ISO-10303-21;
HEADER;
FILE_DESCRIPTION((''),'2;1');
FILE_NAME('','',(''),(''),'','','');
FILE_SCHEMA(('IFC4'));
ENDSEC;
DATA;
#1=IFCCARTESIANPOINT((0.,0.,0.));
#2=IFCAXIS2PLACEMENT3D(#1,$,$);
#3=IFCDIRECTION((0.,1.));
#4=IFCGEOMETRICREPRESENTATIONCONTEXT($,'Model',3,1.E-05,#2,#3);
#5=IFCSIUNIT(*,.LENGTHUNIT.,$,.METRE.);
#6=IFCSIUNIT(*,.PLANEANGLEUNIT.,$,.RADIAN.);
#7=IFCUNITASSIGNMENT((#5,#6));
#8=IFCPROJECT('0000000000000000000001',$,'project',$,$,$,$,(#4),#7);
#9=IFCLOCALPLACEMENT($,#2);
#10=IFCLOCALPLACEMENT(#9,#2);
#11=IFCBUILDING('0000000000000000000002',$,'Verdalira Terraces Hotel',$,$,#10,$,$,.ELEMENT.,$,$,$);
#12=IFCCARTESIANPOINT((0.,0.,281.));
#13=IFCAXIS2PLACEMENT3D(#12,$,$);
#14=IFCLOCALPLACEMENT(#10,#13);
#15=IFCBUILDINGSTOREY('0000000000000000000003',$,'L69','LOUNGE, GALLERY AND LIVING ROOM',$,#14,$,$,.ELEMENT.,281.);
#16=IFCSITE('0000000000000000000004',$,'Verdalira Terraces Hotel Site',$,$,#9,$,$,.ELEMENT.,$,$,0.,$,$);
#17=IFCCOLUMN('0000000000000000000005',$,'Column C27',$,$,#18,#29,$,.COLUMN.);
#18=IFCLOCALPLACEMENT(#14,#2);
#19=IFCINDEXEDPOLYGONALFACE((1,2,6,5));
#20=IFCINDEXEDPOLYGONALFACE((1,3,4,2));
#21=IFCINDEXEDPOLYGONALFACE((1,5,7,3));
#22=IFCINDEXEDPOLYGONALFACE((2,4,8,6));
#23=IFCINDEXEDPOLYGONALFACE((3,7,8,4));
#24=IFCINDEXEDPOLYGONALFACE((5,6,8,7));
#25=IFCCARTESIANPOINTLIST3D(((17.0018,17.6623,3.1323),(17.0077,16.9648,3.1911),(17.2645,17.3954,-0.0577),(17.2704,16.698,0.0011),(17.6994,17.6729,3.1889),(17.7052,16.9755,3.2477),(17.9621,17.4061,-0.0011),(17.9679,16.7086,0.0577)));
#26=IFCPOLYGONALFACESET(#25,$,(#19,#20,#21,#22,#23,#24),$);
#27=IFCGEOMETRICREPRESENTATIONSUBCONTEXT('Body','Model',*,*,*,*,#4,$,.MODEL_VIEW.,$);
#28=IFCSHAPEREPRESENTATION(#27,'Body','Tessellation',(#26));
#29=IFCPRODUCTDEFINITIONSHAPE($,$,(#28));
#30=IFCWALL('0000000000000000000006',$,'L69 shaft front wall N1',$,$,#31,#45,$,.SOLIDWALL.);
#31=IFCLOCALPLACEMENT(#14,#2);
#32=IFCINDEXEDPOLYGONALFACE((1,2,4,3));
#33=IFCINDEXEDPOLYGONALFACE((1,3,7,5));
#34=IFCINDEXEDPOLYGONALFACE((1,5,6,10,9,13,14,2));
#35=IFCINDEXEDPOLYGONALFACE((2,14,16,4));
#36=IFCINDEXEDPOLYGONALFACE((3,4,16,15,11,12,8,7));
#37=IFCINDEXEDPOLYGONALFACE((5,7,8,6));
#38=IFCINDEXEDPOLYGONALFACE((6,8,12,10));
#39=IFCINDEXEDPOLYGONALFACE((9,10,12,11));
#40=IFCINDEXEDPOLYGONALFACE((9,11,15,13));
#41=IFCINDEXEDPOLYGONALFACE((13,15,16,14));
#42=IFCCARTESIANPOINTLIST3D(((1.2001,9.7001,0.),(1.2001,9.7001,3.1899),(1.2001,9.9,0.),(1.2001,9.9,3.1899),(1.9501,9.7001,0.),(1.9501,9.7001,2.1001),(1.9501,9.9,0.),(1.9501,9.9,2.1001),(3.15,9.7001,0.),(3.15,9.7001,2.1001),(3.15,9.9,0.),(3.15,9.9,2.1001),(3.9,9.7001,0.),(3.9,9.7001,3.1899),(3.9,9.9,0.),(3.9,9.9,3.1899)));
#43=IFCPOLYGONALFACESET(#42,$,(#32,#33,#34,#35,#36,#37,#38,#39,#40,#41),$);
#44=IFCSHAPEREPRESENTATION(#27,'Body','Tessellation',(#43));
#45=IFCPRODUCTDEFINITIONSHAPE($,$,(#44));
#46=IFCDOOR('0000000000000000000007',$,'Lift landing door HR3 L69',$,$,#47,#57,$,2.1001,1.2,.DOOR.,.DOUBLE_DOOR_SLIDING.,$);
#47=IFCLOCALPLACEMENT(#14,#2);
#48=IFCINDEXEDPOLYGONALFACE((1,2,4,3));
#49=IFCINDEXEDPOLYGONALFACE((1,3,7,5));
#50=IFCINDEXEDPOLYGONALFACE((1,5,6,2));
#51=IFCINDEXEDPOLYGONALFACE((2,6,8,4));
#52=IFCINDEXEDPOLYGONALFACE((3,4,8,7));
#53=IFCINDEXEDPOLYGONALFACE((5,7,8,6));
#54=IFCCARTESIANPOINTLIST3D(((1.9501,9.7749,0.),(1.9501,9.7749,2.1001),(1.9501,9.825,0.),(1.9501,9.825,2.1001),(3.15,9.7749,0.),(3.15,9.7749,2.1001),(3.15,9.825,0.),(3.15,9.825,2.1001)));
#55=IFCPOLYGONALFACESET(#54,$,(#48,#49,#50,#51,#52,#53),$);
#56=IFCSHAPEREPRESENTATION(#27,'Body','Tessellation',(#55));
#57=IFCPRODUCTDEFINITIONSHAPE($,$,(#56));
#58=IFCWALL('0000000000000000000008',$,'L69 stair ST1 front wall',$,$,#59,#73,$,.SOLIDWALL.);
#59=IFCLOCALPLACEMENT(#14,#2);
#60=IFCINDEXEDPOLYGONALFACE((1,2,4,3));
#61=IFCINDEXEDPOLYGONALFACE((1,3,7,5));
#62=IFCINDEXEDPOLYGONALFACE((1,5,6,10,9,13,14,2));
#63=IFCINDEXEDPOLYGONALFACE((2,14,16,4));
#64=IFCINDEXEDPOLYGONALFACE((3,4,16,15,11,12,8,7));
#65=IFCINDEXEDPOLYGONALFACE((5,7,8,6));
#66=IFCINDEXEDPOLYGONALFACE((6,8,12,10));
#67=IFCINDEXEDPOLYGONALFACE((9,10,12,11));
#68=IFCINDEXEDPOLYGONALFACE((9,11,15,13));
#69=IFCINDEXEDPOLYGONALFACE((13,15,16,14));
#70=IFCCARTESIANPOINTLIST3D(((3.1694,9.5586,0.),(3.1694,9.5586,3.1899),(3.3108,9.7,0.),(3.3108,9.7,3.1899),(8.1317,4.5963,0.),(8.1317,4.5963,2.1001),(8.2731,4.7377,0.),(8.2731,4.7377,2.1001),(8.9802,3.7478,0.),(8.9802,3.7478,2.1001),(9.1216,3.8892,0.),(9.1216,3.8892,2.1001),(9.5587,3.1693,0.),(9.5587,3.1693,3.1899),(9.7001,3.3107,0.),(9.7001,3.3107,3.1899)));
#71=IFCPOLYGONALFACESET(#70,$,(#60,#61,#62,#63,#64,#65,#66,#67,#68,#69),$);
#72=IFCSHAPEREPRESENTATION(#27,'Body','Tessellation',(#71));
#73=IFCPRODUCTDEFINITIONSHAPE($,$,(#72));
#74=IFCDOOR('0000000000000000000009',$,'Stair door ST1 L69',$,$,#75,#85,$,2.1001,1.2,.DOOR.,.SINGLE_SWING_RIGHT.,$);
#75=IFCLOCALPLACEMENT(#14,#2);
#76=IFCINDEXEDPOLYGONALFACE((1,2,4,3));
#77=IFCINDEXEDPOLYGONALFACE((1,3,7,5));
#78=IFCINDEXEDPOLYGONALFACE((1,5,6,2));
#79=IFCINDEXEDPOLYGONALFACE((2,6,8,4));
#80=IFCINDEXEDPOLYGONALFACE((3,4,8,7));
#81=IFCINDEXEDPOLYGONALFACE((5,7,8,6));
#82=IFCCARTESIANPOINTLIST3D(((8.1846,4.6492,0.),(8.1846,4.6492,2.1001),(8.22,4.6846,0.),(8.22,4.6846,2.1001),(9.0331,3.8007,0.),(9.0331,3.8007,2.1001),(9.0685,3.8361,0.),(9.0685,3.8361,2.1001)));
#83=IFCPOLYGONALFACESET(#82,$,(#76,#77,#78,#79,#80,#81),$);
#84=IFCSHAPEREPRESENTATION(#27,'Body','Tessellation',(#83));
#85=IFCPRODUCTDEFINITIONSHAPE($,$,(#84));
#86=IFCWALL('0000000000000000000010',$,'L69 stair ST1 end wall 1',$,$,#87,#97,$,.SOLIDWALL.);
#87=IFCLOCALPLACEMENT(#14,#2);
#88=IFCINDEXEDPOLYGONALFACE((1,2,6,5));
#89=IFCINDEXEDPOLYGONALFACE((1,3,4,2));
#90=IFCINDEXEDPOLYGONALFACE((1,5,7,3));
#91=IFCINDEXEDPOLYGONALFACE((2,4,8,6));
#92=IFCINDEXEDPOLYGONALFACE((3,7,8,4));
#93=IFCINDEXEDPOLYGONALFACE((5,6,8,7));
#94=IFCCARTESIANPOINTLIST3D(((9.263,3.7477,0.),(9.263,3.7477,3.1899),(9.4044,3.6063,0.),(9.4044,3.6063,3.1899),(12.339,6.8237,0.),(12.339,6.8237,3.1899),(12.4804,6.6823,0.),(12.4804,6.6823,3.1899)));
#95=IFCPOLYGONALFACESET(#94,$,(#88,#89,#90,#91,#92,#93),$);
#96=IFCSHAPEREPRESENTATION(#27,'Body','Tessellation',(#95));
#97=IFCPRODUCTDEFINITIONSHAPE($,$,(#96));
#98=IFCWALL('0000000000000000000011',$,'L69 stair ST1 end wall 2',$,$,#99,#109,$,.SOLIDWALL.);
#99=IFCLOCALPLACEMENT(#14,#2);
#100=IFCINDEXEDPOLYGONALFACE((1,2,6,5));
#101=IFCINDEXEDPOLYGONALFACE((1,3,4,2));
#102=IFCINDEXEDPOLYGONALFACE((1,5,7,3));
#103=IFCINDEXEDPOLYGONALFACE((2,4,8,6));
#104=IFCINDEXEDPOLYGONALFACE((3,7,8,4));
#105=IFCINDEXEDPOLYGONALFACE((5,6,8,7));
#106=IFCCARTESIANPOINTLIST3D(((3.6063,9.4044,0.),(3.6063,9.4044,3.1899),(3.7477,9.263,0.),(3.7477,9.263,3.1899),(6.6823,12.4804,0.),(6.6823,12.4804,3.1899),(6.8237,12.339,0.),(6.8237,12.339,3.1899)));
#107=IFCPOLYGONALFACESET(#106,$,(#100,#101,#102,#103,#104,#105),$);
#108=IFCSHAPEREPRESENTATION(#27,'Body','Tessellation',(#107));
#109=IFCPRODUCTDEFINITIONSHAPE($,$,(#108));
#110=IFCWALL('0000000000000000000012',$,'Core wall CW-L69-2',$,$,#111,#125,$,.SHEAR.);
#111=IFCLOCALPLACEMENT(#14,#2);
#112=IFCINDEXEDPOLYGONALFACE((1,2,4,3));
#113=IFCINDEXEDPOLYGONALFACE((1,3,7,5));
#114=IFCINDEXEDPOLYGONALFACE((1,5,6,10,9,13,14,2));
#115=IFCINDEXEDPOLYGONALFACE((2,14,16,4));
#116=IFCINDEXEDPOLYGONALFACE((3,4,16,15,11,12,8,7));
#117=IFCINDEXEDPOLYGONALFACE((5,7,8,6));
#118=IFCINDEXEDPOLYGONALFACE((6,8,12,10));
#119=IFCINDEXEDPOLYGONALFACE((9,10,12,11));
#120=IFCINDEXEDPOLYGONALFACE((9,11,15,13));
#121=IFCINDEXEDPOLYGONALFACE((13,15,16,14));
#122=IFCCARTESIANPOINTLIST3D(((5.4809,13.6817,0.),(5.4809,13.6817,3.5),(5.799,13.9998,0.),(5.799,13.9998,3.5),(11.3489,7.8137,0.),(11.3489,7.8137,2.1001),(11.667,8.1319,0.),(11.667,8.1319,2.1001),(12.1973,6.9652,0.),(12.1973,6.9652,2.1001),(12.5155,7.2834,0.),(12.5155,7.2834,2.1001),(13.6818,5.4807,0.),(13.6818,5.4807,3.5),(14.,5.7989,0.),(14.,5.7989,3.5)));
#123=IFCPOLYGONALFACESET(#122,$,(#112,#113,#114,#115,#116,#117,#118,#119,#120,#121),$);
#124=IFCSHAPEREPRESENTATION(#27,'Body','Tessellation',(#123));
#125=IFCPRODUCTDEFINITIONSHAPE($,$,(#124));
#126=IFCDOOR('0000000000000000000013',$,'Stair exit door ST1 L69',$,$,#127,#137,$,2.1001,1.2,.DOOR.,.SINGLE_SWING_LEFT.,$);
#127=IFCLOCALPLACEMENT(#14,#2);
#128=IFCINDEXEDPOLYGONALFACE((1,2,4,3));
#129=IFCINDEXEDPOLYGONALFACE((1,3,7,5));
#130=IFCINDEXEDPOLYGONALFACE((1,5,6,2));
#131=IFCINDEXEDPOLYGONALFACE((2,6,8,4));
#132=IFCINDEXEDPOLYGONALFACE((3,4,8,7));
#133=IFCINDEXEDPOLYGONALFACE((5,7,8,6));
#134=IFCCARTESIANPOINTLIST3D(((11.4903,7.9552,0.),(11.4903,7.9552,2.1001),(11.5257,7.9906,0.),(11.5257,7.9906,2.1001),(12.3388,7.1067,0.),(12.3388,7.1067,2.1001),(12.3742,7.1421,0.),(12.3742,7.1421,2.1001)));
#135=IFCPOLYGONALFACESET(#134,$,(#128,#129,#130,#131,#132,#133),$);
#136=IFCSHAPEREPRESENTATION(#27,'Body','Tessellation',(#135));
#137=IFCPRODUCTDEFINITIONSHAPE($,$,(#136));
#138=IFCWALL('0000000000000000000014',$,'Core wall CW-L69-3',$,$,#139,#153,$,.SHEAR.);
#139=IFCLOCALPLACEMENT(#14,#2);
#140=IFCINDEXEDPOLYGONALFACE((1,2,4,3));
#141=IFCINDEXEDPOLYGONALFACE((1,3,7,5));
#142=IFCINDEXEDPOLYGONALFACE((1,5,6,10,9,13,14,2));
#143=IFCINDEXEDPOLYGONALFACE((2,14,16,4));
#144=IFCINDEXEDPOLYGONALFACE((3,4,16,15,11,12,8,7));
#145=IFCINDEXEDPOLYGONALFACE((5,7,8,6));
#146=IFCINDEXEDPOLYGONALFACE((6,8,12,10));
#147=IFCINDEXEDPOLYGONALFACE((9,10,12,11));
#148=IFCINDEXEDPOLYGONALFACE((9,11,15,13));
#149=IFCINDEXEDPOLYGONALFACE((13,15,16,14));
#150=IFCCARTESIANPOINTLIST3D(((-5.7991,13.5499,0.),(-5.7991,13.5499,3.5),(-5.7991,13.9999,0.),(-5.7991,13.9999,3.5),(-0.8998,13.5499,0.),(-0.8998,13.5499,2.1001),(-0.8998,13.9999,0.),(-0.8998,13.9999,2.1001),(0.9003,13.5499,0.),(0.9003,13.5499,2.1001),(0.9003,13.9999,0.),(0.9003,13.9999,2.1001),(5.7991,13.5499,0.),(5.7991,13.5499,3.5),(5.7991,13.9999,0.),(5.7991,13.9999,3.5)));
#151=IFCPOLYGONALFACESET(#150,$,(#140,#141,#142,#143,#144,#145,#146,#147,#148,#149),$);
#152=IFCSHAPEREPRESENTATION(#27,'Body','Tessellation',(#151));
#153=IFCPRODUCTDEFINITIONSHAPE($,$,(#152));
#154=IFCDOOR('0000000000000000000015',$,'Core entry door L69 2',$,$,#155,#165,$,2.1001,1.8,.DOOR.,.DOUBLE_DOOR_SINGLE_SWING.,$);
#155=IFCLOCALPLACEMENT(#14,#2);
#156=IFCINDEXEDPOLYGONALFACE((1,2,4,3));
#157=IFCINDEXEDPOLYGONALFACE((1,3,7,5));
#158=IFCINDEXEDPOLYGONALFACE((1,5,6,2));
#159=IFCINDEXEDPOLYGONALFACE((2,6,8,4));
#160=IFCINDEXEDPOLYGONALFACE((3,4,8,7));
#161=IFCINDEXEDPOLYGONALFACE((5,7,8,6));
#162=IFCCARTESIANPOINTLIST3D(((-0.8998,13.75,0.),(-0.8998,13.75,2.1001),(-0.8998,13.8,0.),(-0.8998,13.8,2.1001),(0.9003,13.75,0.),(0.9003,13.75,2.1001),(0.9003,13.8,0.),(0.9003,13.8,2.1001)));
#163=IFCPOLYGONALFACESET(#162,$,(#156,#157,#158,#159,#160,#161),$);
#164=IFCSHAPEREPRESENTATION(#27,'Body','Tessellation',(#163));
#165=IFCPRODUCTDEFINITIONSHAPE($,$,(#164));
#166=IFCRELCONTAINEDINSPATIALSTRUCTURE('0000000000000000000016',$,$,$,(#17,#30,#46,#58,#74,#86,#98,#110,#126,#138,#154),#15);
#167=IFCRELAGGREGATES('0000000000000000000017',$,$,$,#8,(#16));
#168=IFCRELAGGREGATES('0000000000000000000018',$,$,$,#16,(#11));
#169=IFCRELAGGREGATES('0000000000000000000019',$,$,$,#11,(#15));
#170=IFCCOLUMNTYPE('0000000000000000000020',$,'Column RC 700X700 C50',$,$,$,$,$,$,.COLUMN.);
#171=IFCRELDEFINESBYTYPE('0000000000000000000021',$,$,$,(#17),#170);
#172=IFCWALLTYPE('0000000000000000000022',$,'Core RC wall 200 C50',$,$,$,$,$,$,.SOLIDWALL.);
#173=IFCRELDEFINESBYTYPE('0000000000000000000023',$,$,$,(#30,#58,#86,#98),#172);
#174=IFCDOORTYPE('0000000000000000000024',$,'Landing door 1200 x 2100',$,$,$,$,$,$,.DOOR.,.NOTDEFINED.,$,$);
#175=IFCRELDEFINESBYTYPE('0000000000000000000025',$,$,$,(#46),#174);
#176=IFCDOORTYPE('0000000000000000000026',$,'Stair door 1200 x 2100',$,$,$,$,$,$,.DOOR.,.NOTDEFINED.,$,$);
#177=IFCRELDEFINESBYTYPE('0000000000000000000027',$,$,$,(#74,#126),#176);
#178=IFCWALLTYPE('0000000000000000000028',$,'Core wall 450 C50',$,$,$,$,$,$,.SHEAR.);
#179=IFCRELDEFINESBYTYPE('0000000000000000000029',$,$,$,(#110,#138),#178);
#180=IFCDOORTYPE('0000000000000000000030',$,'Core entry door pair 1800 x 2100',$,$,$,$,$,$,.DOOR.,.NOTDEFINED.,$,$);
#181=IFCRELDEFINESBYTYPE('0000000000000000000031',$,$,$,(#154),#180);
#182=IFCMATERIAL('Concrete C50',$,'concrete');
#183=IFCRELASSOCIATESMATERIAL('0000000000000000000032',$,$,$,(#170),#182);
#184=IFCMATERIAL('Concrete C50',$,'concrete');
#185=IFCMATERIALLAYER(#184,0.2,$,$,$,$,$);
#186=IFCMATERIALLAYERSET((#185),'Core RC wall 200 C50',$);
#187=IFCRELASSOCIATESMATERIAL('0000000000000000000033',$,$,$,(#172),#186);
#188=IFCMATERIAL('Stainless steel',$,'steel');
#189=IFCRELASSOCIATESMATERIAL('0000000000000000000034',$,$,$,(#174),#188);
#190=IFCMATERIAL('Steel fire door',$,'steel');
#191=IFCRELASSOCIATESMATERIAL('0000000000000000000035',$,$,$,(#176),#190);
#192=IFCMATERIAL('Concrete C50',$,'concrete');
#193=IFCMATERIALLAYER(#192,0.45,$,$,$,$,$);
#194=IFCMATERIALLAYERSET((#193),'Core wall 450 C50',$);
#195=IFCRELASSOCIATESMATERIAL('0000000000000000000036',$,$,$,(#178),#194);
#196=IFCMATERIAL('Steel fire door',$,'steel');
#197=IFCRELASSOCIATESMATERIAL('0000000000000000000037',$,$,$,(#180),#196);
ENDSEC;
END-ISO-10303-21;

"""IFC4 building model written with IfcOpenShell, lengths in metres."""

from ifc_helpers import new_model, si_unit, direction, frame, frame_2d, origin, origin_2d, place, context, subcontext, project, spatial, rectangle, extrude, material, layer, layer_set, material_profile, profile_set, type_object, element, fill, save


model = new_model("IFC4")

# Units and contexts
model_context = context("Model", 3, precision=1e-05, world=origin(), true_north=direction((0.0, 1.0)))
body_context = subcontext(model_context, "Body", "Model", "MODEL_VIEW")
ifc_project = project(units=[si_unit("LENGTHUNIT", "METRE"), si_unit("PLANEANGLEUNIT", "RADIAN")], contexts=[model_context])

# Site, building, storey
site_placement = place(None, origin())
site = spatial("IfcSite", under=ifc_project, at=site_placement, Name="Verdalira Terraces Hotel Site", CompositionType="ELEMENT", RefElevation=0.0)
building_placement = place(site_placement, origin())
building = spatial("IfcBuilding", under=site, at=building_placement, Name="Verdalira Terraces Hotel", CompositionType="ELEMENT")
storey_placement = place(building_placement, frame((0.0, 0.0, 281.0)))
storey = spatial("IfcBuildingStorey", under=building, at=storey_placement, Name="L69", Description="LOUNGE, GALLERY AND LIVING ROOM", CompositionType="ELEMENT", Elevation=281.0)

# Column
ifc_material_1 = material(Name="Concrete C50", Category="concrete")
ifc_material_profile = material_profile(ifc_material_1, rectangle(XDim=0.7, YDim=0.7, at=origin_2d()), Name="RC 700X700")
ifc_profile_set = profile_set([ifc_material_profile], Name="Concrete C50")
column_type = type_object("IfcColumnType", Name="Column RC 700X700 C50", PredefinedType="COLUMN", material=ifc_profile_set)
column_placement = place(storey_placement, frame((17.6162, 17.052, 0.0), z_axis=(-0.08179, 0.083082, 0.993181), x_axis=(0.996614, 0.015217, 0.080799)))
element("IfcColumn", 1, at=column_placement, inside=storey, type_object=column_type, Name="Column C27", PredefinedType="COLUMN", context=body_context, shape_type="SweptSolid", body=[
    extrude(rectangle(XDim=0.7, YDim=0.7, at=origin_2d()), origin(), (0.0, 0.0, 1.0), 3.2119),
])

# Walls, openings, doors
ifc_material_2 = material(Name="Concrete C50", Category="concrete")
ifc_layer_1 = layer(ifc_material_2, 0.2)
ifc_layer_set_1 = layer_set([ifc_layer_1], Name="Core RC wall 200 C50")
wall_type_1 = type_object("IfcWallType", Name="Core RC wall 200 C50", PredefinedType="SOLIDWALL", material=ifc_layer_set_1)
wall_1_placement = place(storey_placement, frame((1.2, 9.8, 0.0), z_axis=(0.0, 0.0, 1.0), x_axis=(1.0, 0.0, 0.0)))
wall_1 = element("IfcWall", 2, at=wall_1_placement, inside=storey, type_object=wall_type_1, Name="L69 shaft front wall N1", PredefinedType="SOLIDWALL", context=body_context, shape_type="SweptSolid", body=[
    extrude(rectangle(XDim=2.7, YDim=0.2, at=frame_2d((1.3501, 0.0))), origin(), (0.0, 0.0, 1.0), 3.1899),
])
opening_1_placement = place(wall_1_placement, frame((0.75, 0.0, 0.0)))
opening_1 = element("IfcOpeningElement", 3, at=opening_1_placement, cuts=wall_1, PredefinedType="OPENING", context=body_context, shape_type="SweptSolid", body=[
    extrude(rectangle(XDim=1.2, YDim=2.1001, at=frame_2d((0.6001, 1.05))), frame((0.0, 0.1099, 0.0), z_axis=(0.0, -1.0, 0.0), x_axis=(1.0, 0.0, 0.0)), (0.0, 0.0, 1.0), 0.22),
])
ifc_material_3 = material(Name="Stainless steel", Category="steel")
door_type_1 = type_object("IfcDoorType", Name="Landing door 1200 x 2100", OperationType="NOTDEFINED", PredefinedType="DOOR", material=ifc_material_3)
door_1_placement = place(opening_1_placement, origin())
door_1 = element("IfcDoor", 4, at=door_1_placement, inside=storey, type_object=door_type_1, Name="Lift landing door HR3 L69", OperationType="DOUBLE_DOOR_SLIDING", OverallHeight=2.1001, OverallWidth=1.2, PredefinedType="DOOR", context=body_context, shape_type="SweptSolid", body=[
    extrude(rectangle(XDim=1.2, YDim=2.1001, at=frame_2d((0.6001, 1.05))), frame((0.0, 0.0249, 0.0), z_axis=(0.0, -1.0, 0.0), x_axis=(1.0, 0.0, 0.0)), (0.0, 0.0, 1.0), 0.05),
])
fill(opening_1, door_1)
wall_2_placement = place(storey_placement, frame((3.24, 9.6294, 0.0), z_axis=(0.0, 0.0, 1.0), x_axis=(0.707107, -0.707107, 0.0)))
wall_2 = element("IfcWall", 5, at=wall_2_placement, inside=storey, type_object=wall_type_1, Name="L69 stair ST1 front wall", PredefinedType="SOLIDWALL", context=body_context, shape_type="SweptSolid", body=[
    extrude(rectangle(XDim=9.0359, YDim=0.2, at=frame_2d((4.5181, 0.0))), origin(), (0.0, 0.0, 1.0), 3.1899),
])
opening_2_placement = place(wall_2_placement, frame((7.0178, 0.0, 0.0)))
opening_2 = element("IfcOpeningElement", 6, at=opening_2_placement, cuts=wall_2, PredefinedType="OPENING", context=body_context, shape_type="SweptSolid", body=[
    extrude(rectangle(XDim=1.2, YDim=2.1001, at=frame_2d((0.6001, 1.05))), frame((0.0, 0.1099, 0.0), z_axis=(0.0, -1.0, 0.0), x_axis=(1.0, 0.0, 0.0)), (0.0, 0.0, 1.0), 0.22),
])
ifc_material_4 = material(Name="Steel fire door", Category="steel")
door_type_2 = type_object("IfcDoorType", Name="Stair door 1200 x 2100", OperationType="NOTDEFINED", PredefinedType="DOOR", material=ifc_material_4)
door_2_placement = place(opening_2_placement, origin())
door_2 = element("IfcDoor", 7, at=door_2_placement, inside=storey, type_object=door_type_2, Name="Stair door ST1 L69", OperationType="SINGLE_SWING_RIGHT", OverallHeight=2.1001, OverallWidth=1.2, PredefinedType="DOOR", context=body_context, shape_type="SweptSolid", body=[
    extrude(rectangle(XDim=1.2, YDim=2.1001, at=frame_2d((0.6001, 1.05))), frame((0.0, 0.0249, 0.0), z_axis=(0.0, -1.0, 0.0), x_axis=(1.0, 0.0, 0.0)), (0.0, 0.0, 1.0), 0.05),
])
fill(opening_2, door_2)

# Walls
for number, where, z_axis, x_axis, name in (
    (8, (9.3337, 3.677, 0.0), (0.0, 0.0, 1.0), (0.707107, 0.707107, 0.0), "L69 stair ST1 end wall 1"),
    (9, (3.677, 9.3337, 0.0), (0.0, 0.0, 1.0), (0.707107, 0.707107, 0.0), "L69 stair ST1 end wall 2"),
):
    element("IfcWall", number, at=place(storey_placement, frame(where, z_axis=z_axis, x_axis=x_axis)), inside=storey, type_object=wall_type_1, Name=name, PredefinedType="SOLIDWALL", context=body_context, shape_type="SweptSolid", body=[
        extrude(rectangle(XDim=4.3501, YDim=0.2, at=frame_2d((2.175, 0.0))), origin(), (0.0, 0.0, 1.0), 3.1899),
    ])

# Walls, openings, doors
ifc_material_5 = material(Name="Concrete C50", Category="concrete")
ifc_layer_2 = layer(ifc_material_5, 0.45)
ifc_layer_set_2 = layer_set([ifc_layer_2], Name="Core wall 450 C50")
wall_type_2 = type_object("IfcWallType", Name="Core wall 450 C50", PredefinedType="SHEAR", material=ifc_layer_set_2)
wall_3_placement = place(storey_placement, frame((13.8408, 5.6399, 0.0), z_axis=(0.0, 0.0, 1.0), x_axis=(-0.707107, 0.707107, 0.0)))
wall_3 = element("IfcWall", 10, at=wall_3_placement, inside=storey, type_object=wall_type_2, Name="Core wall CW-L69-2", PredefinedType="SHEAR", context=body_context, shape_type="SweptSolid", body=[
    extrude(rectangle(XDim=11.5979, YDim=0.45, at=frame_2d((5.7988, 0.0))), origin(), (0.0, 0.0, 1.0), 3.5),
])
opening_3_placement = place(wall_3_placement, frame((2.0991, 0.0, 0.0)))
opening_3 = element("IfcOpeningElement", 11, at=opening_3_placement, cuts=wall_3, PredefinedType="OPENING", context=body_context, shape_type="SweptSolid", body=[
    extrude(rectangle(XDim=1.2, YDim=2.1001, at=frame_2d((0.6001, 1.05))), frame((0.0, 0.2349, 0.0), z_axis=(0.0, -1.0, 0.0), x_axis=(1.0, 0.0, 0.0)), (0.0, 0.0, 1.0), 0.47),
])
door_3_placement = place(opening_3_placement, origin())
door_3 = element("IfcDoor", 12, at=door_3_placement, inside=storey, type_object=door_type_2, Name="Stair exit door ST1 L69", OperationType="SINGLE_SWING_LEFT", OverallHeight=2.1001, OverallWidth=1.2, PredefinedType="DOOR", context=body_context, shape_type="SweptSolid", body=[
    extrude(rectangle(XDim=1.2, YDim=2.1001, at=frame_2d((0.6001, 1.05))), frame((0.0, 0.0249, 0.0), z_axis=(0.0, -1.0, 0.0), x_axis=(1.0, 0.0, 0.0)), (0.0, 0.0, 1.0), 0.05),
])
fill(opening_3, door_3)
wall_4_placement = place(storey_placement, frame((5.7991, 13.7749, 0.0), z_axis=(0.0, 0.0, 1.0), x_axis=(-1.0, 0.0, 0.0)))
wall_4 = element("IfcWall", 13, at=wall_4_placement, inside=storey, type_object=wall_type_2, Name="Core wall CW-L69-3", PredefinedType="SHEAR", context=body_context, shape_type="SweptSolid", body=[
    extrude(rectangle(XDim=11.5981, YDim=0.45, at=frame_2d((5.7991, 0.0))), origin(), (0.0, 0.0, 1.0), 3.5),
])
opening_4_placement = place(wall_4_placement, frame((4.8989, 0.0, 0.0)))
opening_4 = element("IfcOpeningElement", 14, at=opening_4_placement, cuts=wall_4, PredefinedType="OPENING", context=body_context, shape_type="SweptSolid", body=[
    extrude(rectangle(XDim=1.8, YDim=2.1001, at=frame_2d((0.8999, 1.05))), frame((0.0, 0.2349, 0.0), z_axis=(0.0, -1.0, 0.0), x_axis=(1.0, 0.0, 0.0)), (0.0, 0.0, 1.0), 0.47),
])
ifc_material_6 = material(Name="Steel fire door", Category="steel")
door_type_3 = type_object("IfcDoorType", Name="Core entry door pair 1800 x 2100", OperationType="NOTDEFINED", PredefinedType="DOOR", material=ifc_material_6)
door_4_placement = place(opening_4_placement, origin())
door_4 = element("IfcDoor", 15, at=door_4_placement, inside=storey, type_object=door_type_3, Name="Core entry door L69 2", OperationType="DOUBLE_DOOR_SINGLE_SWING", OverallHeight=2.1001, OverallWidth=1.8, PredefinedType="DOOR", context=body_context, shape_type="SweptSolid", body=[
    extrude(rectangle(XDim=1.8, YDim=2.1001, at=frame_2d((0.8999, 1.05))), frame((0.0, 0.0249, 0.0), z_axis=(0.0, -1.0, 0.0), x_axis=(1.0, 0.0, 0.0)), (0.0, 0.0, 1.0), 0.05),
])
fill(opening_4, door_4)

save(model, "model.ifc")
